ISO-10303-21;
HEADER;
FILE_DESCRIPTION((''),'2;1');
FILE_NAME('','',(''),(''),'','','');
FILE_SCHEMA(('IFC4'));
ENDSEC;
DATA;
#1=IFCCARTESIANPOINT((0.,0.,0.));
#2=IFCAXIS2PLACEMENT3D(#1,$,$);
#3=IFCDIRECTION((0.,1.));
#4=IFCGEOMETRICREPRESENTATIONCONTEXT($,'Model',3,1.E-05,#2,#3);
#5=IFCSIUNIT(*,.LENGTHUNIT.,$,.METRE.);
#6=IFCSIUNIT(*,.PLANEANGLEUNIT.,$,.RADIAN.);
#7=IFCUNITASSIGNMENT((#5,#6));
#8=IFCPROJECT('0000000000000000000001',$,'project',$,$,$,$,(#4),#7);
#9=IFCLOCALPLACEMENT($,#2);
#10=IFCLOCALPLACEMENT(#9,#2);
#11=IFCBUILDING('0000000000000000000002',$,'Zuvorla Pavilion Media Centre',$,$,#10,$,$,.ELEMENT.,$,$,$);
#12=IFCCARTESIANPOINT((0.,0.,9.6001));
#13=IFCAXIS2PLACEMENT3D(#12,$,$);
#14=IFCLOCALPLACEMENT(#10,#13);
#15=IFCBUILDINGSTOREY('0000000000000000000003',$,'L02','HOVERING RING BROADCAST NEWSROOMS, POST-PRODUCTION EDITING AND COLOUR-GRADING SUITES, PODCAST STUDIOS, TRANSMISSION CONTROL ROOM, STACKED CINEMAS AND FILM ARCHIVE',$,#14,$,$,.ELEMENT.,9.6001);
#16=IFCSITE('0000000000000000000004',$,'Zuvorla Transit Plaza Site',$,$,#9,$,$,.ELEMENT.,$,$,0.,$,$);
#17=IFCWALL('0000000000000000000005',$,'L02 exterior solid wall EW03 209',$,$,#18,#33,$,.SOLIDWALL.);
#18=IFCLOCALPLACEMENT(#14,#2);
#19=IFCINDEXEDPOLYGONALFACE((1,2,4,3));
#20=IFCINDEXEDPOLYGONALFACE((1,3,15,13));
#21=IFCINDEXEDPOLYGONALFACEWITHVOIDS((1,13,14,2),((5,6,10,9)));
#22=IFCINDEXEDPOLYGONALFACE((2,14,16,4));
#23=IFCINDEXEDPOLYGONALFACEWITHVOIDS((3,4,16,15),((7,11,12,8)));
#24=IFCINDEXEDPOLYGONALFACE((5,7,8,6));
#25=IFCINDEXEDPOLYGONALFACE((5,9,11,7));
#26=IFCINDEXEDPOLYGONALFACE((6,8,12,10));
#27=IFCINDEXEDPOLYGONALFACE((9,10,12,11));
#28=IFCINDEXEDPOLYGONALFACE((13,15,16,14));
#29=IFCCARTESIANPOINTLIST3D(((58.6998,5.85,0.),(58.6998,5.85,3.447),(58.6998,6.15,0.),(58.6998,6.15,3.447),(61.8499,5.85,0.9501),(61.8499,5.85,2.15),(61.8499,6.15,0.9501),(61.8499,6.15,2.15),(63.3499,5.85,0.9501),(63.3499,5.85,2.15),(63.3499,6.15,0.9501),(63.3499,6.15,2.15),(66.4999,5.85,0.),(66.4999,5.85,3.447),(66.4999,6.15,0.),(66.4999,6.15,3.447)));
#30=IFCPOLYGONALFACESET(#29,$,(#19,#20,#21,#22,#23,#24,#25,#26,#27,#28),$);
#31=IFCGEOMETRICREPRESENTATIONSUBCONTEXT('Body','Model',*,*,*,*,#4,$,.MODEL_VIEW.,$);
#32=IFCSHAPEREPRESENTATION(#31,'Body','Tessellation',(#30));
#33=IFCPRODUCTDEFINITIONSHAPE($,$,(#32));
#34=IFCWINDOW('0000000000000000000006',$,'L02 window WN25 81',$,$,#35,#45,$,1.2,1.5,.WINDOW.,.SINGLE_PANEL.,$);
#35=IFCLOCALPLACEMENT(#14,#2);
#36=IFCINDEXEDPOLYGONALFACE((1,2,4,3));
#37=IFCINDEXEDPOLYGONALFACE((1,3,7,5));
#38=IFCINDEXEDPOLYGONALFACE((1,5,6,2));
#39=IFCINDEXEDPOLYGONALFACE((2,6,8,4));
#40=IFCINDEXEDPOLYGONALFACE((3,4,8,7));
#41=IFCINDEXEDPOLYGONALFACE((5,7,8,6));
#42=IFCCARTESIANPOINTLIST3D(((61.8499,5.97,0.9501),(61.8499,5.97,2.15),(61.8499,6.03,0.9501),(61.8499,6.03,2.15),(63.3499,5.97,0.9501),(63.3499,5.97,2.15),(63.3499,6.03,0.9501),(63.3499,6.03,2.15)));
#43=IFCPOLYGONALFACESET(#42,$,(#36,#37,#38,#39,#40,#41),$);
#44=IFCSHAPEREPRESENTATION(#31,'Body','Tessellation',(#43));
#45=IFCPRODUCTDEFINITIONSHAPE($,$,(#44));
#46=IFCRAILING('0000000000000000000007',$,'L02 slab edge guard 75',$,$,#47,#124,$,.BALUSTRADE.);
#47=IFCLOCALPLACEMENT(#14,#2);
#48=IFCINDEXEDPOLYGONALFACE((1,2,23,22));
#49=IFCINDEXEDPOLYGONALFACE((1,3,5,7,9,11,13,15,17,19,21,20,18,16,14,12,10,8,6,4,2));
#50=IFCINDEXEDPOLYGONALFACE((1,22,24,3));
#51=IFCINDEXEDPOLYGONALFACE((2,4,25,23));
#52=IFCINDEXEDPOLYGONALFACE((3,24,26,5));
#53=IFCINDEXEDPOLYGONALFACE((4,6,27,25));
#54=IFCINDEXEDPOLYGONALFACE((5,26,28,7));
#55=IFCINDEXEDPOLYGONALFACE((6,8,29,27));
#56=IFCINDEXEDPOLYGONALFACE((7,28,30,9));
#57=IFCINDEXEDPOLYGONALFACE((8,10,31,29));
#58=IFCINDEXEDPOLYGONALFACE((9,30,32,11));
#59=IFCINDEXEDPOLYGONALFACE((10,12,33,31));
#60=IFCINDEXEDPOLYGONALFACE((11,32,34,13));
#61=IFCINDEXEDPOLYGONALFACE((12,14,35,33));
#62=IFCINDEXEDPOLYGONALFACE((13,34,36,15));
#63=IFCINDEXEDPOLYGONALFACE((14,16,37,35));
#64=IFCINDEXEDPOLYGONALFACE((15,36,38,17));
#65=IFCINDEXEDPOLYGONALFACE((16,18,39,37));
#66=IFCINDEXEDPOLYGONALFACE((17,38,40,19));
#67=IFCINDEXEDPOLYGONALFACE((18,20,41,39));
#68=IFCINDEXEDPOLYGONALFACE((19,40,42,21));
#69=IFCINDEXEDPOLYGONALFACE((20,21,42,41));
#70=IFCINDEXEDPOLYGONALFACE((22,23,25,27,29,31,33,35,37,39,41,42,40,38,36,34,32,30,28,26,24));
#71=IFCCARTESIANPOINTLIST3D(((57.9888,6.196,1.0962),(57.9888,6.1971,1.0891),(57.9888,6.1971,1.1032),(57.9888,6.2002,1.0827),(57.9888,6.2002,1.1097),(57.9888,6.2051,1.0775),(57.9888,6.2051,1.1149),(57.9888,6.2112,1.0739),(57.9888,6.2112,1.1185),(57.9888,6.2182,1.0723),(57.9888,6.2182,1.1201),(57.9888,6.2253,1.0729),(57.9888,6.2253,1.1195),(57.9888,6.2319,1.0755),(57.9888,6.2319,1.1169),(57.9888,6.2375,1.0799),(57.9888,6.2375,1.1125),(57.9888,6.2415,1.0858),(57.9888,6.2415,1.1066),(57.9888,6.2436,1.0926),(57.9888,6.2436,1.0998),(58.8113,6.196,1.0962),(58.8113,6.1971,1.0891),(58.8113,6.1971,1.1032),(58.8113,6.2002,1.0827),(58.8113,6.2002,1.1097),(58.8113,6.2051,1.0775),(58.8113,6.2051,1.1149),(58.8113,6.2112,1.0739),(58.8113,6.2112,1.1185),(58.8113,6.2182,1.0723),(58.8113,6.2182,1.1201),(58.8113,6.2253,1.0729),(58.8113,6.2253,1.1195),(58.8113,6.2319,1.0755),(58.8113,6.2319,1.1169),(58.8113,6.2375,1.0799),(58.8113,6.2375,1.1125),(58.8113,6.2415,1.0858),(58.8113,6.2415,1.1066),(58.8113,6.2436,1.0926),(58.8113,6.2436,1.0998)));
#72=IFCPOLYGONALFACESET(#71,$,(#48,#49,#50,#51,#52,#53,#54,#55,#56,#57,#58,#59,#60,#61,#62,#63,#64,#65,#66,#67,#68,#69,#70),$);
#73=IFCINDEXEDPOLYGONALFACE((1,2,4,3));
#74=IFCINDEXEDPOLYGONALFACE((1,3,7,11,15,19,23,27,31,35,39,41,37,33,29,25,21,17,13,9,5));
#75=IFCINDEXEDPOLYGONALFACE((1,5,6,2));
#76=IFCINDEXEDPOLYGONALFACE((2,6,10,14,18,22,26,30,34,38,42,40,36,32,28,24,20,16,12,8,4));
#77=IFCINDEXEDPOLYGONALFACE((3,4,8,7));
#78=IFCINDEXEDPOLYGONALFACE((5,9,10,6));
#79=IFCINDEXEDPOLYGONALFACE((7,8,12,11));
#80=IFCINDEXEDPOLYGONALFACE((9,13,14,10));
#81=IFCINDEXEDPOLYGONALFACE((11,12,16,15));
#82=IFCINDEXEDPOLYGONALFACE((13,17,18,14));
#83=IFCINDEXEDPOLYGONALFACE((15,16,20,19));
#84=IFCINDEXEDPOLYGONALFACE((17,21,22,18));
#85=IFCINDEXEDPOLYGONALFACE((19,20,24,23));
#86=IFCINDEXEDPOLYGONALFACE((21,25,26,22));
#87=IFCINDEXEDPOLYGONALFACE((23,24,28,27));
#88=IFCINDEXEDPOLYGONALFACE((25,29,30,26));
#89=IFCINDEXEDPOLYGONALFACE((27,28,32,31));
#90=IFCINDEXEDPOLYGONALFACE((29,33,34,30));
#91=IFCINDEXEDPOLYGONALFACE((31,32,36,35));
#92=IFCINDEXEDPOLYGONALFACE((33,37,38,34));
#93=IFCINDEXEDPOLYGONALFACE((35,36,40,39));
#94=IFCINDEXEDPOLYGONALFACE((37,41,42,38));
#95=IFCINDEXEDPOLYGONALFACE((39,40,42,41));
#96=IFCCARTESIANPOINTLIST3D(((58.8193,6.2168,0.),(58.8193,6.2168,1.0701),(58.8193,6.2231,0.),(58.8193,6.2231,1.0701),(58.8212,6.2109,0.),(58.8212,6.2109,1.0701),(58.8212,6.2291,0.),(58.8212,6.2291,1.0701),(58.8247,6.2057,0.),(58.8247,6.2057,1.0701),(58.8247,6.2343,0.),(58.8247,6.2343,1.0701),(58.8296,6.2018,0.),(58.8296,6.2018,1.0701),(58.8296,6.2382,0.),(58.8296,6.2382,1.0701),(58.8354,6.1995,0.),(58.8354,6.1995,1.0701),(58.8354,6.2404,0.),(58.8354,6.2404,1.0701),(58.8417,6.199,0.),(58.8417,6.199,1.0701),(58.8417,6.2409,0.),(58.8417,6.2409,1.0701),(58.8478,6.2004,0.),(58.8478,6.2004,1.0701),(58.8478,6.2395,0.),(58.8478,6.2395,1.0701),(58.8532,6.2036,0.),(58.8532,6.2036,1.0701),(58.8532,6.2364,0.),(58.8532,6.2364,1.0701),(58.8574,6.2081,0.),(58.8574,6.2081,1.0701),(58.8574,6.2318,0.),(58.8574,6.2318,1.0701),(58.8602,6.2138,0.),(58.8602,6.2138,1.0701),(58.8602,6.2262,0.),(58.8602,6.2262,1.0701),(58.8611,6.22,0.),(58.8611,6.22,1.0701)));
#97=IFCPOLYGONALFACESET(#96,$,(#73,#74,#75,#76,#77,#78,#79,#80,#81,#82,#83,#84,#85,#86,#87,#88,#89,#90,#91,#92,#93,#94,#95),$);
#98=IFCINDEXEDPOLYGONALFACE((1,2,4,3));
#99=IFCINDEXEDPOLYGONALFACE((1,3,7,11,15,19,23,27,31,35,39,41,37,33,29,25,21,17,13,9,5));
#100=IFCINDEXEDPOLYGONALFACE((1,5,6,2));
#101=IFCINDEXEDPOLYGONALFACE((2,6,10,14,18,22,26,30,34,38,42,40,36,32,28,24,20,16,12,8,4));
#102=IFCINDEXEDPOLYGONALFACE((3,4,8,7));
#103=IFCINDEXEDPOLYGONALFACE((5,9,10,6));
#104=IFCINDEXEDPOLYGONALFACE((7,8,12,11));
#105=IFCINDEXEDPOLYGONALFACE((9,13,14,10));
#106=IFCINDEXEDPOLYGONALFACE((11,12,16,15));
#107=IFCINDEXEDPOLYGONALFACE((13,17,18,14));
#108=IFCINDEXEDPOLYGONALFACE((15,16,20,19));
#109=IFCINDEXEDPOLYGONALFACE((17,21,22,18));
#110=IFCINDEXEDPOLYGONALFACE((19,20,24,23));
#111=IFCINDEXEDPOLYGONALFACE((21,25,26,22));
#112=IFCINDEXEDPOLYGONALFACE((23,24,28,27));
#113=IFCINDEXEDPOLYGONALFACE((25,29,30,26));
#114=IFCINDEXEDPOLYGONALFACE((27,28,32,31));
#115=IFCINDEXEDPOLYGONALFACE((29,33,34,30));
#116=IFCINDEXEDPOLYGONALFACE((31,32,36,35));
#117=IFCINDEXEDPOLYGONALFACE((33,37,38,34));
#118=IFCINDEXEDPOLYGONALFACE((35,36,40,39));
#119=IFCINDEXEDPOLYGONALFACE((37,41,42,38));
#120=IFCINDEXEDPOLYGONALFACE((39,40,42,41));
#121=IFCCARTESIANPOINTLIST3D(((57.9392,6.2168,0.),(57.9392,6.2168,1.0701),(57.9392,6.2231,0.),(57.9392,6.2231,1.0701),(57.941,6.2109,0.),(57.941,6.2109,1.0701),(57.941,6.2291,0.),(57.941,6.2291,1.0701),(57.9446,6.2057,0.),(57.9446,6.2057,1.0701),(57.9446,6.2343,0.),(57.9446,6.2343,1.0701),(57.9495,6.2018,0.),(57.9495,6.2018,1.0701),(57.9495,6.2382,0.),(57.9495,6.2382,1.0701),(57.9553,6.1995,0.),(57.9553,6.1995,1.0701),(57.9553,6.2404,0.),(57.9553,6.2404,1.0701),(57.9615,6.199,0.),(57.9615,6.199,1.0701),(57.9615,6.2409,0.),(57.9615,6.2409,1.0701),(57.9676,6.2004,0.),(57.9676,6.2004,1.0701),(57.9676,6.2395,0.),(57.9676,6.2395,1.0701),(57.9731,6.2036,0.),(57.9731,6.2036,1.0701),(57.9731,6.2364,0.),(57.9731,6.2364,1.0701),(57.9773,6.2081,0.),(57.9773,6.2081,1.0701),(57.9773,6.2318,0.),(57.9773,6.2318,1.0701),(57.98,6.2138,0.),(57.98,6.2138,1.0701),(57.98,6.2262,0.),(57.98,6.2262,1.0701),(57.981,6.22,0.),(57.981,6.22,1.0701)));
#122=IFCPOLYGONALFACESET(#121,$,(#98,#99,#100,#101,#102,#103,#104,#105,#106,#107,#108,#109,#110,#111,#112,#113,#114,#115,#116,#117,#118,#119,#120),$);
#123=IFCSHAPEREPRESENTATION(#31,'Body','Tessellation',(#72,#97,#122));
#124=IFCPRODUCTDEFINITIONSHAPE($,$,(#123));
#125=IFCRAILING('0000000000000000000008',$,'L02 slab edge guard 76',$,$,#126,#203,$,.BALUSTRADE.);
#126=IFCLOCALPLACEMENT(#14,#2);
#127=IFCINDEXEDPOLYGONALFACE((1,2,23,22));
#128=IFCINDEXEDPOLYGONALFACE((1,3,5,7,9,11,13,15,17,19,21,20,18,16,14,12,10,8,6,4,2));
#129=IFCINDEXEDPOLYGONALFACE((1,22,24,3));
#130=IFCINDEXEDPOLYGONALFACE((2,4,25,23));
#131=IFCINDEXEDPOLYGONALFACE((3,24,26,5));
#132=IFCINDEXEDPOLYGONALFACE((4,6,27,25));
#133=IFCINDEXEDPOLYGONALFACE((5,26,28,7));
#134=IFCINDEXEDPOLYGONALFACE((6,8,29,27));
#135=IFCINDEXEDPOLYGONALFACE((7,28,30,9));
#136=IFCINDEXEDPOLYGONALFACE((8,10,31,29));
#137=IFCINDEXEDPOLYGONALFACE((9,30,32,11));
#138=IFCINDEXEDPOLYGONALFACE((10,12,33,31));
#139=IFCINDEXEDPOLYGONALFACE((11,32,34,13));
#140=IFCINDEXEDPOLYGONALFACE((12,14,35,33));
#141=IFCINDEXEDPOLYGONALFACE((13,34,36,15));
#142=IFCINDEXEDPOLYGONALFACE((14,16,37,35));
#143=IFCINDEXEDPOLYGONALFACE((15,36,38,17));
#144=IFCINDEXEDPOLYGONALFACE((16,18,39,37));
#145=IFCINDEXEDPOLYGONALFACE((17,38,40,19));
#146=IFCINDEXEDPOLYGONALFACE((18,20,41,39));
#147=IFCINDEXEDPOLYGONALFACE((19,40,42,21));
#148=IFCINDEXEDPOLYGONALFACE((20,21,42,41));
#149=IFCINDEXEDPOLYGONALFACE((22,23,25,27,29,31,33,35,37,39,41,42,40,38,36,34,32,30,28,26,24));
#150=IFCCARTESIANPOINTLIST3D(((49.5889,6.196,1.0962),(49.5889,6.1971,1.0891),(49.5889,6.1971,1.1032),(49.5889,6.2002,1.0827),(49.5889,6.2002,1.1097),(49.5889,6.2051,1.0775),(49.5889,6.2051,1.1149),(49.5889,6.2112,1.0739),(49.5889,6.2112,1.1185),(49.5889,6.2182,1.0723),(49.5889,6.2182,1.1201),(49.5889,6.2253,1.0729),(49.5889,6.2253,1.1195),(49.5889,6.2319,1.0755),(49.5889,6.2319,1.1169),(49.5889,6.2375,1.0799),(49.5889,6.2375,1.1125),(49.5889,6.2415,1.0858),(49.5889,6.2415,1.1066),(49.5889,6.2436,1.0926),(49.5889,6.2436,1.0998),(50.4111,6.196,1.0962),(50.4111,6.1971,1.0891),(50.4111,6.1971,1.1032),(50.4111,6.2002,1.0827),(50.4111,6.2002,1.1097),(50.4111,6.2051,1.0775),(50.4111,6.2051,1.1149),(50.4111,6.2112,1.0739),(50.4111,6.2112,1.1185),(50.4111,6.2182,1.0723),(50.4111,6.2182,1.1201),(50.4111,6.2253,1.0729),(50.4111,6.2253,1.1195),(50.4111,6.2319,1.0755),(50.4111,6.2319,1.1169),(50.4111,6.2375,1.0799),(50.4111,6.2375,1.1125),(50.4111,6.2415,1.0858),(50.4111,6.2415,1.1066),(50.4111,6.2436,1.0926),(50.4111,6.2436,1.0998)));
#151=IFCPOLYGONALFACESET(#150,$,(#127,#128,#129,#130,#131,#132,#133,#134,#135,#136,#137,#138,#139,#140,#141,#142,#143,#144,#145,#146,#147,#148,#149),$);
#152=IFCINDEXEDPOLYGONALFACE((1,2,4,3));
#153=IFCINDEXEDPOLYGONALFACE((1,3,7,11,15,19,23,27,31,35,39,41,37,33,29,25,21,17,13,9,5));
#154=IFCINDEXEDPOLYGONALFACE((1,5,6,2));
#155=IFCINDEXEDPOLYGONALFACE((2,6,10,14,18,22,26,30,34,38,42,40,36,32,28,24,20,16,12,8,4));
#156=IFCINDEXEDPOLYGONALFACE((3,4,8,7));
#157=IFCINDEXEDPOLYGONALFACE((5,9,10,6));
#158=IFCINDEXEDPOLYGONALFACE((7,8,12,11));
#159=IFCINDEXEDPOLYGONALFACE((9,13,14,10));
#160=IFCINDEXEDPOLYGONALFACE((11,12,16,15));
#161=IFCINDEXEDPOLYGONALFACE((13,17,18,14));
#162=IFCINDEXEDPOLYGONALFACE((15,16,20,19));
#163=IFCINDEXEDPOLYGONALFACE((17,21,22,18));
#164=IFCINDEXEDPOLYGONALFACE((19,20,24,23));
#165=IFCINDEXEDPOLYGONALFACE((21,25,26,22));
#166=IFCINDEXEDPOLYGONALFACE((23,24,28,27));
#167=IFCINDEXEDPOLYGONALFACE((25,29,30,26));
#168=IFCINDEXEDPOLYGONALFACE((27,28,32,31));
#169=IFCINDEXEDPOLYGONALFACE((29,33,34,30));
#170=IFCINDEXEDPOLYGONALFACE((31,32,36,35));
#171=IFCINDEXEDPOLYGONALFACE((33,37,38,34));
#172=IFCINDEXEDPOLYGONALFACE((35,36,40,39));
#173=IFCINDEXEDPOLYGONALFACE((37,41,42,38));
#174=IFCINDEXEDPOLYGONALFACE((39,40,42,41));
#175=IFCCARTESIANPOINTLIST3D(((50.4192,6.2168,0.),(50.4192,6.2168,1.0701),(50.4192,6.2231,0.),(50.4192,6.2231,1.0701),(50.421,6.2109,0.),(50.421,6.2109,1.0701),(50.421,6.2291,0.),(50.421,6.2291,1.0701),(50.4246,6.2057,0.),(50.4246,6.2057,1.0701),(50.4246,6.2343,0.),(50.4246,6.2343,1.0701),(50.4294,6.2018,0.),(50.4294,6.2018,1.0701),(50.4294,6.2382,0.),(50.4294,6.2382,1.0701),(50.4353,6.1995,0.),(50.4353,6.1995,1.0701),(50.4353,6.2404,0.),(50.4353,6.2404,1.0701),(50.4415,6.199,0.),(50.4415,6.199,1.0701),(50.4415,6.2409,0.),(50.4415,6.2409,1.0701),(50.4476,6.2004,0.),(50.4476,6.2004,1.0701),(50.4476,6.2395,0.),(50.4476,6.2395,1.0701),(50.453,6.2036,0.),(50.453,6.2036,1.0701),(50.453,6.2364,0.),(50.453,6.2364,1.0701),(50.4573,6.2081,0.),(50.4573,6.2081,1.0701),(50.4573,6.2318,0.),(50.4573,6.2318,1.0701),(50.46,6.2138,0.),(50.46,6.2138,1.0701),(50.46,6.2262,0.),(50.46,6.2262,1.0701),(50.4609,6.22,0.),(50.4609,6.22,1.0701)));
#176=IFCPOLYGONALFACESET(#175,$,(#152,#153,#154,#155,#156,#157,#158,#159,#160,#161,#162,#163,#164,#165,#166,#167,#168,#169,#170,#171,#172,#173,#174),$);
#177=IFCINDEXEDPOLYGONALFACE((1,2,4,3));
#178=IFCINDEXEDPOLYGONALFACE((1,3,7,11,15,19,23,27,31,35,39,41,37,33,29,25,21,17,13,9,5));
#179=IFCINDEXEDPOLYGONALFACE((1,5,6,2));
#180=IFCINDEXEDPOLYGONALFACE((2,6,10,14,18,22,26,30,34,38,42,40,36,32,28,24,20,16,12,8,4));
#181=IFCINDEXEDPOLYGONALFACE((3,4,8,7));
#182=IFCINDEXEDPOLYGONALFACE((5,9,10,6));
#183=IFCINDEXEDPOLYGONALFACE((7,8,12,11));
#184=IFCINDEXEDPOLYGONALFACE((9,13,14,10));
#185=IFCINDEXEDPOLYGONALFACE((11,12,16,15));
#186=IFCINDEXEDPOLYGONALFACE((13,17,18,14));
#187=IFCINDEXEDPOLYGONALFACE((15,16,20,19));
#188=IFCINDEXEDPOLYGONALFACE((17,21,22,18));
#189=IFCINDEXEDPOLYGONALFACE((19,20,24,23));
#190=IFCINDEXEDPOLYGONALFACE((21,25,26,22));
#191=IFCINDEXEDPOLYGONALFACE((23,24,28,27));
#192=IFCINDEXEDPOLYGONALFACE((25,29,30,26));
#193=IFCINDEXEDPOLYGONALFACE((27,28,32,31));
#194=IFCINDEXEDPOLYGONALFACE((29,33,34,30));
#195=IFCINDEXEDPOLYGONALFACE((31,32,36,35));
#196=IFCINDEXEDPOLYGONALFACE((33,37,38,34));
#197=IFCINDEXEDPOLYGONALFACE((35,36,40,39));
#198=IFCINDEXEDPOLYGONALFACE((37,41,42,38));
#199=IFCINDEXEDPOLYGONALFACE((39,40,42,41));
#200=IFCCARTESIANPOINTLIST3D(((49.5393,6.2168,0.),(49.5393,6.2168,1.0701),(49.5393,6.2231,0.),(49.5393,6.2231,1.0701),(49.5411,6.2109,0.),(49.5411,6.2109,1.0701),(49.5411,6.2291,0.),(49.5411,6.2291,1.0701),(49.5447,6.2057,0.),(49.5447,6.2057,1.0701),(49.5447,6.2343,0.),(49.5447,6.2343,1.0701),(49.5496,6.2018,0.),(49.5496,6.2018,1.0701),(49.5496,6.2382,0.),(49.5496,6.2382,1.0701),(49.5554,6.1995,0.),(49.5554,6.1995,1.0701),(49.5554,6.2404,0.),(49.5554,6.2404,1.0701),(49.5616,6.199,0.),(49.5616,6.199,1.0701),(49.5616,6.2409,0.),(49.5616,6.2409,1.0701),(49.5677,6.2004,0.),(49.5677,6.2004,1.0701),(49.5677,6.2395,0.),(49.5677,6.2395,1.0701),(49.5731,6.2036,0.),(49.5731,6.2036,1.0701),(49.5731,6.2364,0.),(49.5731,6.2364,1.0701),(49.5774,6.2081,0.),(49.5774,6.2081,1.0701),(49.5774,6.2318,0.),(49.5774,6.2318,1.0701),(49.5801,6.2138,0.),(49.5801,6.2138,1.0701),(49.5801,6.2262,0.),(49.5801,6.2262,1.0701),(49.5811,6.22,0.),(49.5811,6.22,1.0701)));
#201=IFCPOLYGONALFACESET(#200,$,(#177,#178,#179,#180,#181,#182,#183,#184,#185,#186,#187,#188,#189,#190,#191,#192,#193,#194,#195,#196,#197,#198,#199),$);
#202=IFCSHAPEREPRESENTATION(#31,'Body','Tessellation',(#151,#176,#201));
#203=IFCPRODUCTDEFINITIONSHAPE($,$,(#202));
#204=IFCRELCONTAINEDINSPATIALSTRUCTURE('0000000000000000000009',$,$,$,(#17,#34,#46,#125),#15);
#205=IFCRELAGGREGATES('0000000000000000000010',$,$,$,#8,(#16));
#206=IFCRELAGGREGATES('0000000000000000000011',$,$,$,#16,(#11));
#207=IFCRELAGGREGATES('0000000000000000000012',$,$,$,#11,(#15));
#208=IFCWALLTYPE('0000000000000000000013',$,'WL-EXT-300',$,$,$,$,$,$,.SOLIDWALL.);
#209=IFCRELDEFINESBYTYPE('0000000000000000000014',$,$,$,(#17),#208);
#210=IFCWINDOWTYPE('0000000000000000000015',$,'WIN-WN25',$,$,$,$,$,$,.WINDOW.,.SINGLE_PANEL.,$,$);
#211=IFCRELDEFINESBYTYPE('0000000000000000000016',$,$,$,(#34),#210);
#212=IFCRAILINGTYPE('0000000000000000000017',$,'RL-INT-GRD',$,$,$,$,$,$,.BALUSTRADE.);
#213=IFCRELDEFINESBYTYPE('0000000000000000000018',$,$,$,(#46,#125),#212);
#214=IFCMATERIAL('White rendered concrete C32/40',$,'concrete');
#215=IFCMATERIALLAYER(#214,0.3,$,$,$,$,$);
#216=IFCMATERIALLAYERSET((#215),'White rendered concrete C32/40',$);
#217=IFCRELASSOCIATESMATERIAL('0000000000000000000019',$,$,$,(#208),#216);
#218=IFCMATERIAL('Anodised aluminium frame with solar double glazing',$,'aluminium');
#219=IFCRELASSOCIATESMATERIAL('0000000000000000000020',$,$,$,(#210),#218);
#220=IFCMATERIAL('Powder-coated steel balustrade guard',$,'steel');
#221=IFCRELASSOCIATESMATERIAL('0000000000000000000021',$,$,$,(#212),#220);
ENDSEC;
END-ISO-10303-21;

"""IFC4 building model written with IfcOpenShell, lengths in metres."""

from ifc_helpers import new_model, si_unit, direction, frame, frame_2d, origin, origin_2d, place, context, subcontext, project, spatial, rectangle, circle, extrude, material, layer, layer_set, type_object, element, fill, save


model = new_model("IFC4")

# Units and contexts
model_context = context("Model", 3, precision=1e-05, world=origin(), true_north=direction((0.0, 1.0)))
body_context = subcontext(model_context, "Body", "Model", "MODEL_VIEW")
ifc_project = project(units=[si_unit("LENGTHUNIT", "METRE"), si_unit("PLANEANGLEUNIT", "RADIAN")], contexts=[model_context])

# Site, building, storey
site_placement = place(None, origin())
site = spatial("IfcSite", under=ifc_project, at=site_placement, Name="Zuvorla Transit Plaza Site", CompositionType="ELEMENT", RefElevation=0.0)
building_placement = place(site_placement, origin())
building = spatial("IfcBuilding", under=site, at=building_placement, Name="Zuvorla Pavilion Media Centre", CompositionType="ELEMENT")
storey_placement = place(building_placement, frame((0.0, 0.0, 9.6001)))
storey = spatial("IfcBuildingStorey", under=building, at=storey_placement, Name="L02", Description="HOVERING RING BROADCAST NEWSROOMS, POST-PRODUCTION EDITING AND COLOUR-GRADING SUITES, PODCAST STUDIOS, TRANSMISSION CONTROL ROOM, STACKED CINEMAS AND FILM ARCHIVE", CompositionType="ELEMENT", Elevation=9.6001)

# Wall, opening, window
ifc_material_1 = material(Name="White rendered concrete C32/40", Category="concrete")
ifc_layer = layer(ifc_material_1, 0.3)
ifc_layer_set = layer_set([ifc_layer], Name="White rendered concrete C32/40")
wall_type = type_object("IfcWallType", Name="WL-EXT-300", PredefinedType="SOLIDWALL", material=ifc_layer_set)
ifc_material_2 = material(Name="Anodised aluminium frame with solar double glazing", Category="aluminium")
wall_1_placement = place(storey_placement, frame((58.7, 6.0, 0.0), z_axis=(0.0, 0.0, 1.0), x_axis=(1.0, 0.0, 0.0)))
wall_1 = element("IfcWall", 1, at=wall_1_placement, inside=storey, type_object=wall_type, Name="L02 exterior solid wall EW03 209", PredefinedType="SOLIDWALL", context=body_context, shape_type="SweptSolid", body=[
    extrude(rectangle(XDim=7.8, YDim=0.3, at=frame_2d((3.8999, 0.0))), origin(), (0.0, 0.0, 1.0), 3.447),
])
opening_1_placement = place(wall_1_placement, frame((3.1499, 0.0, 0.95)))
opening_1 = element("IfcOpeningElement", 2, at=opening_1_placement, cuts=wall_1, PredefinedType="OPENING", context=body_context, shape_type="SweptSolid", body=[
    extrude(rectangle(XDim=1.5, YDim=1.2, at=frame_2d((0.75, 0.6001))), frame((0.0, 0.1599, 0.0), z_axis=(0.0, -1.0, 0.0), x_axis=(1.0, 0.0, 0.0)), (0.0, 0.0, 1.0), 0.3201),
])
window_type_1 = type_object("IfcWindowType", Name="WIN-WN25", PartitioningType="SINGLE_PANEL", PredefinedType="WINDOW", material=ifc_material_2)
window_1_placement = place(opening_1_placement, origin())
window_1 = element("IfcWindow", 3, at=window_1_placement, inside=storey, type_object=window_type_1, Name="L02 window WN25 81", OverallHeight=1.2, OverallWidth=1.5, PartitioningType="SINGLE_PANEL", PredefinedType="WINDOW", context=body_context, shape_type="SweptSolid", body=[
    extrude(rectangle(XDim=1.5, YDim=1.2, at=frame_2d((0.75, 0.6001))), frame((0.0, 0.03, 0.0), z_axis=(0.0, -1.0, 0.0), x_axis=(1.0, 0.0, 0.0)), (0.0, 0.0, 1.0), 0.0601),
])
fill(opening_1, window_1)

# Railings
ifc_material_3 = material(Name="Powder-coated steel balustrade guard", Category="steel")
railing_type = type_object("IfcRailingType", Name="RL-INT-GRD", PredefinedType="BALUSTRADE", material=ifc_material_3)
railing_1_placement = place(storey_placement, frame((58.8401, 6.22, 0.0)))
element("IfcRailing", 4, at=railing_1_placement, inside=storey, type_object=railing_type, Name="L02 slab edge guard 75", PredefinedType="BALUSTRADE", context=body_context, shape_type="SweptSolid", body=[
    extrude(circle(Radius=0.0239, at=origin_2d()), frame((-0.0288, 0.0, 1.0962), z_axis=(-1.0, 0.0, 0.0), x_axis=(0.0, -1.0, 0.0)), (0.0, 0.0, 1.0), 0.8225),
    extrude(circle(Radius=0.021, at=origin_2d()), origin(), (0.0, 0.0, 1.0), 1.0701),
    extrude(circle(Radius=0.021, at=origin_2d()), frame((-0.8801, 0.0, 0.0)), (0.0, 0.0, 1.0), 1.0701),
])
railing_2_placement = place(storey_placement, frame((50.4399, 6.22, 0.0)))
element("IfcRailing", 5, at=railing_2_placement, inside=storey, type_object=railing_type, Name="L02 slab edge guard 76", PredefinedType="BALUSTRADE", context=body_context, shape_type="SweptSolid", body=[
    extrude(circle(Radius=0.0239, at=origin_2d()), frame((-0.0288, 0.0, 1.0962), z_axis=(-1.0, 0.0, 0.0), x_axis=(0.0, -1.0, 0.0)), (0.0, 0.0, 1.0), 0.8223),
    extrude(circle(Radius=0.021, at=origin_2d()), origin(), (0.0, 0.0, 1.0), 1.0701),
    extrude(circle(Radius=0.021, at=origin_2d()), frame((-0.8799, 0.0, 0.0)), (0.0, 0.0, 1.0), 1.0701),
])

save(model, "model.ifc")
